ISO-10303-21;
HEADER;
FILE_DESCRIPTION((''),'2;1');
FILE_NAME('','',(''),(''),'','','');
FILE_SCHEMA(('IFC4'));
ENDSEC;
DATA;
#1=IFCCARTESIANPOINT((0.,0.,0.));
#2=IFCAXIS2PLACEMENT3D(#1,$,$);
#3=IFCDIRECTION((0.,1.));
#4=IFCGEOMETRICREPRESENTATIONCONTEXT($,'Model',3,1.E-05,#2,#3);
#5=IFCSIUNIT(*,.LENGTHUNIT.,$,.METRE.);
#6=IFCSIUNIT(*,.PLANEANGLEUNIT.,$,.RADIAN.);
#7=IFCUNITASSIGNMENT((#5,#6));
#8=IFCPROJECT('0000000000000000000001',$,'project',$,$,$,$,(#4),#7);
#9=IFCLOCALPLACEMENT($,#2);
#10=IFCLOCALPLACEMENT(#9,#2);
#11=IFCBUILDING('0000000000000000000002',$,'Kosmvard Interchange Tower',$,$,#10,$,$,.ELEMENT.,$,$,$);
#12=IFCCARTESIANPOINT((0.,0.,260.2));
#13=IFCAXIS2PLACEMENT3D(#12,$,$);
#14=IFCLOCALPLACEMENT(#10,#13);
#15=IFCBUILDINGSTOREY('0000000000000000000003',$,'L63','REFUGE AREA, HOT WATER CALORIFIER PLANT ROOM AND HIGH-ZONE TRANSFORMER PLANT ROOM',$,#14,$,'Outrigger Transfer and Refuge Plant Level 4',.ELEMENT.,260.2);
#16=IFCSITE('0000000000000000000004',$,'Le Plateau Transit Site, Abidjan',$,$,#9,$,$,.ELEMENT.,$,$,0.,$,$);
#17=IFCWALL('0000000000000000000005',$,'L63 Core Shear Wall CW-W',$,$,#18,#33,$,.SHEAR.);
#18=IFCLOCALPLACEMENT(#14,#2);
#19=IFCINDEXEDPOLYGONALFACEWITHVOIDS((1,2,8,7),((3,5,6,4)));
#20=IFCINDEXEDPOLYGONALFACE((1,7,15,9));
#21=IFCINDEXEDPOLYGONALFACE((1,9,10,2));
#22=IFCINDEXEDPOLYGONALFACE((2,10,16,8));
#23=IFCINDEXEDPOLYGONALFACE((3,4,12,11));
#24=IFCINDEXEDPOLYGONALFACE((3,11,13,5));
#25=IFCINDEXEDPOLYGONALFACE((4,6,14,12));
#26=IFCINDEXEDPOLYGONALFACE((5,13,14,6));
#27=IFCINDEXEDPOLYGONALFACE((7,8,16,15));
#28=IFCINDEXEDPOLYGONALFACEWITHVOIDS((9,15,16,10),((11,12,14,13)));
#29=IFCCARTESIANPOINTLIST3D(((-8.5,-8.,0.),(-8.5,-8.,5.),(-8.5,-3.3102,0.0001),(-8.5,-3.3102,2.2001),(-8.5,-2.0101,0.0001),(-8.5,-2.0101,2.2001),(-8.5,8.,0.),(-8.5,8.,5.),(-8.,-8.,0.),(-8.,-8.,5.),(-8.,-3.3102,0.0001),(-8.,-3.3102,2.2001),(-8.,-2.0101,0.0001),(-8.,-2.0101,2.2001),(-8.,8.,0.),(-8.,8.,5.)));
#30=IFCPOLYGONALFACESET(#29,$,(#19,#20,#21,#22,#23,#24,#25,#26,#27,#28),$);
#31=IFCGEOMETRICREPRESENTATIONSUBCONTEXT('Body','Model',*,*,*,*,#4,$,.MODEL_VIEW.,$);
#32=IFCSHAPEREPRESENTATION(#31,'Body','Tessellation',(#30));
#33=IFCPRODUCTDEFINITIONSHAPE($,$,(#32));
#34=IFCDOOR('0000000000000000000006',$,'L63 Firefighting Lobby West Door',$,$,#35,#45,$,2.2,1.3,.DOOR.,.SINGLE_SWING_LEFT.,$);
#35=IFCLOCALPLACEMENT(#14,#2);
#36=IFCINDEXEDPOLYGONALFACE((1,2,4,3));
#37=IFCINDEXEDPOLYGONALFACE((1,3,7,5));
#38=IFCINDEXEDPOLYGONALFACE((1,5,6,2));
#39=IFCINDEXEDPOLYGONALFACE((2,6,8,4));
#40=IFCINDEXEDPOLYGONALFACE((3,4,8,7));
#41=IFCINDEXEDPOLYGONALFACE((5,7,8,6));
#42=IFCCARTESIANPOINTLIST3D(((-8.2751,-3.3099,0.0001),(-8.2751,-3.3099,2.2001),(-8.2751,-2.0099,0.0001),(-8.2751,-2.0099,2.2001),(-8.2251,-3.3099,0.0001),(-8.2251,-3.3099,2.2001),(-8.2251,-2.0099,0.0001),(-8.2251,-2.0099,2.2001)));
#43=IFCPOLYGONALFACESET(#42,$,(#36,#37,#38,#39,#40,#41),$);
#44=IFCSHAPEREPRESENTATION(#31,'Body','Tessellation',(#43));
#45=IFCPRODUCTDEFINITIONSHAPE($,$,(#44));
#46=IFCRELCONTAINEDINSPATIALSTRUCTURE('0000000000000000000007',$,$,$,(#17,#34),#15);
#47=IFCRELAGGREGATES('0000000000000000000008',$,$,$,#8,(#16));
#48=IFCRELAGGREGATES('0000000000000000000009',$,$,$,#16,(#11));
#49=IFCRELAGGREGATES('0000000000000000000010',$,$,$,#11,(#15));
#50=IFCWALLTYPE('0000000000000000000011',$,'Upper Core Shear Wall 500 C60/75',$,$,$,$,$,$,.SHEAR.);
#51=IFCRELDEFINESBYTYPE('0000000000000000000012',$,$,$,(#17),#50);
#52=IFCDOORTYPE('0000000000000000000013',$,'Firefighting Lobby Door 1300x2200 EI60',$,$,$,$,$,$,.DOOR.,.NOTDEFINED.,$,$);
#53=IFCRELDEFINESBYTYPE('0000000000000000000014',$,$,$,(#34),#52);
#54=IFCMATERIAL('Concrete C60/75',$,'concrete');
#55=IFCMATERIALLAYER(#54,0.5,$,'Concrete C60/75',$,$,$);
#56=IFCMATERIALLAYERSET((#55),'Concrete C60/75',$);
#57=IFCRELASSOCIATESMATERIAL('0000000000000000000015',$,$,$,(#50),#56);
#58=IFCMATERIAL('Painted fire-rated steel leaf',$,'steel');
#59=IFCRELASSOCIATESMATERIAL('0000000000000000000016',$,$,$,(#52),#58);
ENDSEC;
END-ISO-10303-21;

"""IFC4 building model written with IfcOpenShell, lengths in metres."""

from ifc_helpers import new_model, si_unit, direction, frame, frame_2d, origin, place, context, subcontext, project, spatial, rectangle, extrude, source, transform, mapped, material, layer, layer_set, type_object, element, fill, save


model = new_model("IFC4")

# Units and contexts
model_context = context("Model", 3, precision=1e-05, world=origin(), true_north=direction((0.0, 1.0)))
body_context = subcontext(model_context, "Body", "Model", "MODEL_VIEW")
ifc_project = project(units=[si_unit("LENGTHUNIT", "METRE"), si_unit("PLANEANGLEUNIT", "RADIAN")], contexts=[model_context])

# Site, building, storey
site_placement = place(None, origin())
site = spatial("IfcSite", under=ifc_project, at=site_placement, Name="Le Plateau Transit Site, Abidjan", CompositionType="ELEMENT", RefElevation=0.0)
building_placement = place(site_placement, origin())
building = spatial("IfcBuilding", under=site, at=building_placement, Name="Kosmvard Interchange Tower", CompositionType="ELEMENT")
storey_placement = place(building_placement, frame((0.0, 0.0, 260.2)))
storey = spatial("IfcBuildingStorey", under=building, at=storey_placement, Name="L63", Description="REFUGE AREA, HOT WATER CALORIFIER PLANT ROOM AND HIGH-ZONE TRANSFORMER PLANT ROOM", LongName="Outrigger Transfer and Refuge Plant Level 4", CompositionType="ELEMENT", Elevation=260.2)

# Shared definitions
ifc_material_1 = material(Name="Concrete C60/75", Category="concrete")

# Shared definitions
ifc_material_2 = material(Name="Painted fire-rated steel leaf", Category="steel")

# Wall, opening, door
ifc_layer_1 = layer(ifc_material_1, 0.5, Name="Concrete C60/75")
ifc_layer_set_1 = layer_set([ifc_layer_1], Name="Concrete C60/75")
wall_type_1 = type_object("IfcWallType", Name="Upper Core Shear Wall 500 C60/75", PredefinedType="SHEAR", material=ifc_layer_set_1)
door_type_1 = type_object("IfcDoorType", Name="Firefighting Lobby Door 1300x2200 EI60", OperationType="NOTDEFINED", PredefinedType="DOOR", material=ifc_material_2)
shared_shape_1 = source(origin(), body_context, "Body", "SweptSolid", [
    extrude(rectangle(XDim=1.3, YDim=2.2, at=frame_2d((0.6499, 1.1001))), frame((0.0, 0.0249, 0.0), z_axis=(0.0, -1.0, 0.0), x_axis=(1.0, 0.0, 0.0)), (0.0, 0.0, 1.0), 0.05),
])
wall_1_placement = place(storey_placement, frame((-8.25, -8.0, 0.0), z_axis=(0.0, 0.0, 1.0), x_axis=(0.0, 1.0, 0.0)))
wall_1 = element("IfcWall", 1, at=wall_1_placement, inside=storey, type_object=wall_type_1, Name="L63 Core Shear Wall CW-W", PredefinedType="SHEAR", context=body_context, shape_type="SweptSolid", body=[
    extrude(rectangle(XDim=16.0, YDim=0.5, at=frame_2d((8.0, 0.0))), origin(), (0.0, 0.0, 1.0), 5.0),
])
opening_1_placement = place(wall_1_placement, frame((4.6899, 0.0, 0.0)))
opening_1 = element("IfcOpeningElement", 2, at=opening_1_placement, cuts=wall_1, PredefinedType="OPENING", context=body_context, shape_type="SweptSolid", body=[
    extrude(rectangle(XDim=1.3, YDim=2.2, at=frame_2d((0.6499, 1.1001))), frame((0.0, 0.26, 0.0), z_axis=(0.0, -1.0, 0.0), x_axis=(1.0, 0.0, 0.0)), (0.0, 0.0, 1.0), 0.52),
])
door_1_placement = place(opening_1_placement, frame((1.3, 0.0, 0.0), z_axis=(0.0, 0.0, 1.0), x_axis=(-1.0, 0.0, 0.0)))
door_1 = element("IfcDoor", 3, at=door_1_placement, inside=storey, type_object=door_type_1, Name="L63 Firefighting Lobby West Door", OperationType="SINGLE_SWING_LEFT", OverallHeight=2.2, OverallWidth=1.3, PredefinedType="DOOR", context=body_context, shape_type="MappedRepresentation", body=[
    mapped(shared_shape_1, transform((0.0, 0.0, 0.0), scale=1.0)),
])
fill(opening_1, door_1)

save(model, "model.ifc")
